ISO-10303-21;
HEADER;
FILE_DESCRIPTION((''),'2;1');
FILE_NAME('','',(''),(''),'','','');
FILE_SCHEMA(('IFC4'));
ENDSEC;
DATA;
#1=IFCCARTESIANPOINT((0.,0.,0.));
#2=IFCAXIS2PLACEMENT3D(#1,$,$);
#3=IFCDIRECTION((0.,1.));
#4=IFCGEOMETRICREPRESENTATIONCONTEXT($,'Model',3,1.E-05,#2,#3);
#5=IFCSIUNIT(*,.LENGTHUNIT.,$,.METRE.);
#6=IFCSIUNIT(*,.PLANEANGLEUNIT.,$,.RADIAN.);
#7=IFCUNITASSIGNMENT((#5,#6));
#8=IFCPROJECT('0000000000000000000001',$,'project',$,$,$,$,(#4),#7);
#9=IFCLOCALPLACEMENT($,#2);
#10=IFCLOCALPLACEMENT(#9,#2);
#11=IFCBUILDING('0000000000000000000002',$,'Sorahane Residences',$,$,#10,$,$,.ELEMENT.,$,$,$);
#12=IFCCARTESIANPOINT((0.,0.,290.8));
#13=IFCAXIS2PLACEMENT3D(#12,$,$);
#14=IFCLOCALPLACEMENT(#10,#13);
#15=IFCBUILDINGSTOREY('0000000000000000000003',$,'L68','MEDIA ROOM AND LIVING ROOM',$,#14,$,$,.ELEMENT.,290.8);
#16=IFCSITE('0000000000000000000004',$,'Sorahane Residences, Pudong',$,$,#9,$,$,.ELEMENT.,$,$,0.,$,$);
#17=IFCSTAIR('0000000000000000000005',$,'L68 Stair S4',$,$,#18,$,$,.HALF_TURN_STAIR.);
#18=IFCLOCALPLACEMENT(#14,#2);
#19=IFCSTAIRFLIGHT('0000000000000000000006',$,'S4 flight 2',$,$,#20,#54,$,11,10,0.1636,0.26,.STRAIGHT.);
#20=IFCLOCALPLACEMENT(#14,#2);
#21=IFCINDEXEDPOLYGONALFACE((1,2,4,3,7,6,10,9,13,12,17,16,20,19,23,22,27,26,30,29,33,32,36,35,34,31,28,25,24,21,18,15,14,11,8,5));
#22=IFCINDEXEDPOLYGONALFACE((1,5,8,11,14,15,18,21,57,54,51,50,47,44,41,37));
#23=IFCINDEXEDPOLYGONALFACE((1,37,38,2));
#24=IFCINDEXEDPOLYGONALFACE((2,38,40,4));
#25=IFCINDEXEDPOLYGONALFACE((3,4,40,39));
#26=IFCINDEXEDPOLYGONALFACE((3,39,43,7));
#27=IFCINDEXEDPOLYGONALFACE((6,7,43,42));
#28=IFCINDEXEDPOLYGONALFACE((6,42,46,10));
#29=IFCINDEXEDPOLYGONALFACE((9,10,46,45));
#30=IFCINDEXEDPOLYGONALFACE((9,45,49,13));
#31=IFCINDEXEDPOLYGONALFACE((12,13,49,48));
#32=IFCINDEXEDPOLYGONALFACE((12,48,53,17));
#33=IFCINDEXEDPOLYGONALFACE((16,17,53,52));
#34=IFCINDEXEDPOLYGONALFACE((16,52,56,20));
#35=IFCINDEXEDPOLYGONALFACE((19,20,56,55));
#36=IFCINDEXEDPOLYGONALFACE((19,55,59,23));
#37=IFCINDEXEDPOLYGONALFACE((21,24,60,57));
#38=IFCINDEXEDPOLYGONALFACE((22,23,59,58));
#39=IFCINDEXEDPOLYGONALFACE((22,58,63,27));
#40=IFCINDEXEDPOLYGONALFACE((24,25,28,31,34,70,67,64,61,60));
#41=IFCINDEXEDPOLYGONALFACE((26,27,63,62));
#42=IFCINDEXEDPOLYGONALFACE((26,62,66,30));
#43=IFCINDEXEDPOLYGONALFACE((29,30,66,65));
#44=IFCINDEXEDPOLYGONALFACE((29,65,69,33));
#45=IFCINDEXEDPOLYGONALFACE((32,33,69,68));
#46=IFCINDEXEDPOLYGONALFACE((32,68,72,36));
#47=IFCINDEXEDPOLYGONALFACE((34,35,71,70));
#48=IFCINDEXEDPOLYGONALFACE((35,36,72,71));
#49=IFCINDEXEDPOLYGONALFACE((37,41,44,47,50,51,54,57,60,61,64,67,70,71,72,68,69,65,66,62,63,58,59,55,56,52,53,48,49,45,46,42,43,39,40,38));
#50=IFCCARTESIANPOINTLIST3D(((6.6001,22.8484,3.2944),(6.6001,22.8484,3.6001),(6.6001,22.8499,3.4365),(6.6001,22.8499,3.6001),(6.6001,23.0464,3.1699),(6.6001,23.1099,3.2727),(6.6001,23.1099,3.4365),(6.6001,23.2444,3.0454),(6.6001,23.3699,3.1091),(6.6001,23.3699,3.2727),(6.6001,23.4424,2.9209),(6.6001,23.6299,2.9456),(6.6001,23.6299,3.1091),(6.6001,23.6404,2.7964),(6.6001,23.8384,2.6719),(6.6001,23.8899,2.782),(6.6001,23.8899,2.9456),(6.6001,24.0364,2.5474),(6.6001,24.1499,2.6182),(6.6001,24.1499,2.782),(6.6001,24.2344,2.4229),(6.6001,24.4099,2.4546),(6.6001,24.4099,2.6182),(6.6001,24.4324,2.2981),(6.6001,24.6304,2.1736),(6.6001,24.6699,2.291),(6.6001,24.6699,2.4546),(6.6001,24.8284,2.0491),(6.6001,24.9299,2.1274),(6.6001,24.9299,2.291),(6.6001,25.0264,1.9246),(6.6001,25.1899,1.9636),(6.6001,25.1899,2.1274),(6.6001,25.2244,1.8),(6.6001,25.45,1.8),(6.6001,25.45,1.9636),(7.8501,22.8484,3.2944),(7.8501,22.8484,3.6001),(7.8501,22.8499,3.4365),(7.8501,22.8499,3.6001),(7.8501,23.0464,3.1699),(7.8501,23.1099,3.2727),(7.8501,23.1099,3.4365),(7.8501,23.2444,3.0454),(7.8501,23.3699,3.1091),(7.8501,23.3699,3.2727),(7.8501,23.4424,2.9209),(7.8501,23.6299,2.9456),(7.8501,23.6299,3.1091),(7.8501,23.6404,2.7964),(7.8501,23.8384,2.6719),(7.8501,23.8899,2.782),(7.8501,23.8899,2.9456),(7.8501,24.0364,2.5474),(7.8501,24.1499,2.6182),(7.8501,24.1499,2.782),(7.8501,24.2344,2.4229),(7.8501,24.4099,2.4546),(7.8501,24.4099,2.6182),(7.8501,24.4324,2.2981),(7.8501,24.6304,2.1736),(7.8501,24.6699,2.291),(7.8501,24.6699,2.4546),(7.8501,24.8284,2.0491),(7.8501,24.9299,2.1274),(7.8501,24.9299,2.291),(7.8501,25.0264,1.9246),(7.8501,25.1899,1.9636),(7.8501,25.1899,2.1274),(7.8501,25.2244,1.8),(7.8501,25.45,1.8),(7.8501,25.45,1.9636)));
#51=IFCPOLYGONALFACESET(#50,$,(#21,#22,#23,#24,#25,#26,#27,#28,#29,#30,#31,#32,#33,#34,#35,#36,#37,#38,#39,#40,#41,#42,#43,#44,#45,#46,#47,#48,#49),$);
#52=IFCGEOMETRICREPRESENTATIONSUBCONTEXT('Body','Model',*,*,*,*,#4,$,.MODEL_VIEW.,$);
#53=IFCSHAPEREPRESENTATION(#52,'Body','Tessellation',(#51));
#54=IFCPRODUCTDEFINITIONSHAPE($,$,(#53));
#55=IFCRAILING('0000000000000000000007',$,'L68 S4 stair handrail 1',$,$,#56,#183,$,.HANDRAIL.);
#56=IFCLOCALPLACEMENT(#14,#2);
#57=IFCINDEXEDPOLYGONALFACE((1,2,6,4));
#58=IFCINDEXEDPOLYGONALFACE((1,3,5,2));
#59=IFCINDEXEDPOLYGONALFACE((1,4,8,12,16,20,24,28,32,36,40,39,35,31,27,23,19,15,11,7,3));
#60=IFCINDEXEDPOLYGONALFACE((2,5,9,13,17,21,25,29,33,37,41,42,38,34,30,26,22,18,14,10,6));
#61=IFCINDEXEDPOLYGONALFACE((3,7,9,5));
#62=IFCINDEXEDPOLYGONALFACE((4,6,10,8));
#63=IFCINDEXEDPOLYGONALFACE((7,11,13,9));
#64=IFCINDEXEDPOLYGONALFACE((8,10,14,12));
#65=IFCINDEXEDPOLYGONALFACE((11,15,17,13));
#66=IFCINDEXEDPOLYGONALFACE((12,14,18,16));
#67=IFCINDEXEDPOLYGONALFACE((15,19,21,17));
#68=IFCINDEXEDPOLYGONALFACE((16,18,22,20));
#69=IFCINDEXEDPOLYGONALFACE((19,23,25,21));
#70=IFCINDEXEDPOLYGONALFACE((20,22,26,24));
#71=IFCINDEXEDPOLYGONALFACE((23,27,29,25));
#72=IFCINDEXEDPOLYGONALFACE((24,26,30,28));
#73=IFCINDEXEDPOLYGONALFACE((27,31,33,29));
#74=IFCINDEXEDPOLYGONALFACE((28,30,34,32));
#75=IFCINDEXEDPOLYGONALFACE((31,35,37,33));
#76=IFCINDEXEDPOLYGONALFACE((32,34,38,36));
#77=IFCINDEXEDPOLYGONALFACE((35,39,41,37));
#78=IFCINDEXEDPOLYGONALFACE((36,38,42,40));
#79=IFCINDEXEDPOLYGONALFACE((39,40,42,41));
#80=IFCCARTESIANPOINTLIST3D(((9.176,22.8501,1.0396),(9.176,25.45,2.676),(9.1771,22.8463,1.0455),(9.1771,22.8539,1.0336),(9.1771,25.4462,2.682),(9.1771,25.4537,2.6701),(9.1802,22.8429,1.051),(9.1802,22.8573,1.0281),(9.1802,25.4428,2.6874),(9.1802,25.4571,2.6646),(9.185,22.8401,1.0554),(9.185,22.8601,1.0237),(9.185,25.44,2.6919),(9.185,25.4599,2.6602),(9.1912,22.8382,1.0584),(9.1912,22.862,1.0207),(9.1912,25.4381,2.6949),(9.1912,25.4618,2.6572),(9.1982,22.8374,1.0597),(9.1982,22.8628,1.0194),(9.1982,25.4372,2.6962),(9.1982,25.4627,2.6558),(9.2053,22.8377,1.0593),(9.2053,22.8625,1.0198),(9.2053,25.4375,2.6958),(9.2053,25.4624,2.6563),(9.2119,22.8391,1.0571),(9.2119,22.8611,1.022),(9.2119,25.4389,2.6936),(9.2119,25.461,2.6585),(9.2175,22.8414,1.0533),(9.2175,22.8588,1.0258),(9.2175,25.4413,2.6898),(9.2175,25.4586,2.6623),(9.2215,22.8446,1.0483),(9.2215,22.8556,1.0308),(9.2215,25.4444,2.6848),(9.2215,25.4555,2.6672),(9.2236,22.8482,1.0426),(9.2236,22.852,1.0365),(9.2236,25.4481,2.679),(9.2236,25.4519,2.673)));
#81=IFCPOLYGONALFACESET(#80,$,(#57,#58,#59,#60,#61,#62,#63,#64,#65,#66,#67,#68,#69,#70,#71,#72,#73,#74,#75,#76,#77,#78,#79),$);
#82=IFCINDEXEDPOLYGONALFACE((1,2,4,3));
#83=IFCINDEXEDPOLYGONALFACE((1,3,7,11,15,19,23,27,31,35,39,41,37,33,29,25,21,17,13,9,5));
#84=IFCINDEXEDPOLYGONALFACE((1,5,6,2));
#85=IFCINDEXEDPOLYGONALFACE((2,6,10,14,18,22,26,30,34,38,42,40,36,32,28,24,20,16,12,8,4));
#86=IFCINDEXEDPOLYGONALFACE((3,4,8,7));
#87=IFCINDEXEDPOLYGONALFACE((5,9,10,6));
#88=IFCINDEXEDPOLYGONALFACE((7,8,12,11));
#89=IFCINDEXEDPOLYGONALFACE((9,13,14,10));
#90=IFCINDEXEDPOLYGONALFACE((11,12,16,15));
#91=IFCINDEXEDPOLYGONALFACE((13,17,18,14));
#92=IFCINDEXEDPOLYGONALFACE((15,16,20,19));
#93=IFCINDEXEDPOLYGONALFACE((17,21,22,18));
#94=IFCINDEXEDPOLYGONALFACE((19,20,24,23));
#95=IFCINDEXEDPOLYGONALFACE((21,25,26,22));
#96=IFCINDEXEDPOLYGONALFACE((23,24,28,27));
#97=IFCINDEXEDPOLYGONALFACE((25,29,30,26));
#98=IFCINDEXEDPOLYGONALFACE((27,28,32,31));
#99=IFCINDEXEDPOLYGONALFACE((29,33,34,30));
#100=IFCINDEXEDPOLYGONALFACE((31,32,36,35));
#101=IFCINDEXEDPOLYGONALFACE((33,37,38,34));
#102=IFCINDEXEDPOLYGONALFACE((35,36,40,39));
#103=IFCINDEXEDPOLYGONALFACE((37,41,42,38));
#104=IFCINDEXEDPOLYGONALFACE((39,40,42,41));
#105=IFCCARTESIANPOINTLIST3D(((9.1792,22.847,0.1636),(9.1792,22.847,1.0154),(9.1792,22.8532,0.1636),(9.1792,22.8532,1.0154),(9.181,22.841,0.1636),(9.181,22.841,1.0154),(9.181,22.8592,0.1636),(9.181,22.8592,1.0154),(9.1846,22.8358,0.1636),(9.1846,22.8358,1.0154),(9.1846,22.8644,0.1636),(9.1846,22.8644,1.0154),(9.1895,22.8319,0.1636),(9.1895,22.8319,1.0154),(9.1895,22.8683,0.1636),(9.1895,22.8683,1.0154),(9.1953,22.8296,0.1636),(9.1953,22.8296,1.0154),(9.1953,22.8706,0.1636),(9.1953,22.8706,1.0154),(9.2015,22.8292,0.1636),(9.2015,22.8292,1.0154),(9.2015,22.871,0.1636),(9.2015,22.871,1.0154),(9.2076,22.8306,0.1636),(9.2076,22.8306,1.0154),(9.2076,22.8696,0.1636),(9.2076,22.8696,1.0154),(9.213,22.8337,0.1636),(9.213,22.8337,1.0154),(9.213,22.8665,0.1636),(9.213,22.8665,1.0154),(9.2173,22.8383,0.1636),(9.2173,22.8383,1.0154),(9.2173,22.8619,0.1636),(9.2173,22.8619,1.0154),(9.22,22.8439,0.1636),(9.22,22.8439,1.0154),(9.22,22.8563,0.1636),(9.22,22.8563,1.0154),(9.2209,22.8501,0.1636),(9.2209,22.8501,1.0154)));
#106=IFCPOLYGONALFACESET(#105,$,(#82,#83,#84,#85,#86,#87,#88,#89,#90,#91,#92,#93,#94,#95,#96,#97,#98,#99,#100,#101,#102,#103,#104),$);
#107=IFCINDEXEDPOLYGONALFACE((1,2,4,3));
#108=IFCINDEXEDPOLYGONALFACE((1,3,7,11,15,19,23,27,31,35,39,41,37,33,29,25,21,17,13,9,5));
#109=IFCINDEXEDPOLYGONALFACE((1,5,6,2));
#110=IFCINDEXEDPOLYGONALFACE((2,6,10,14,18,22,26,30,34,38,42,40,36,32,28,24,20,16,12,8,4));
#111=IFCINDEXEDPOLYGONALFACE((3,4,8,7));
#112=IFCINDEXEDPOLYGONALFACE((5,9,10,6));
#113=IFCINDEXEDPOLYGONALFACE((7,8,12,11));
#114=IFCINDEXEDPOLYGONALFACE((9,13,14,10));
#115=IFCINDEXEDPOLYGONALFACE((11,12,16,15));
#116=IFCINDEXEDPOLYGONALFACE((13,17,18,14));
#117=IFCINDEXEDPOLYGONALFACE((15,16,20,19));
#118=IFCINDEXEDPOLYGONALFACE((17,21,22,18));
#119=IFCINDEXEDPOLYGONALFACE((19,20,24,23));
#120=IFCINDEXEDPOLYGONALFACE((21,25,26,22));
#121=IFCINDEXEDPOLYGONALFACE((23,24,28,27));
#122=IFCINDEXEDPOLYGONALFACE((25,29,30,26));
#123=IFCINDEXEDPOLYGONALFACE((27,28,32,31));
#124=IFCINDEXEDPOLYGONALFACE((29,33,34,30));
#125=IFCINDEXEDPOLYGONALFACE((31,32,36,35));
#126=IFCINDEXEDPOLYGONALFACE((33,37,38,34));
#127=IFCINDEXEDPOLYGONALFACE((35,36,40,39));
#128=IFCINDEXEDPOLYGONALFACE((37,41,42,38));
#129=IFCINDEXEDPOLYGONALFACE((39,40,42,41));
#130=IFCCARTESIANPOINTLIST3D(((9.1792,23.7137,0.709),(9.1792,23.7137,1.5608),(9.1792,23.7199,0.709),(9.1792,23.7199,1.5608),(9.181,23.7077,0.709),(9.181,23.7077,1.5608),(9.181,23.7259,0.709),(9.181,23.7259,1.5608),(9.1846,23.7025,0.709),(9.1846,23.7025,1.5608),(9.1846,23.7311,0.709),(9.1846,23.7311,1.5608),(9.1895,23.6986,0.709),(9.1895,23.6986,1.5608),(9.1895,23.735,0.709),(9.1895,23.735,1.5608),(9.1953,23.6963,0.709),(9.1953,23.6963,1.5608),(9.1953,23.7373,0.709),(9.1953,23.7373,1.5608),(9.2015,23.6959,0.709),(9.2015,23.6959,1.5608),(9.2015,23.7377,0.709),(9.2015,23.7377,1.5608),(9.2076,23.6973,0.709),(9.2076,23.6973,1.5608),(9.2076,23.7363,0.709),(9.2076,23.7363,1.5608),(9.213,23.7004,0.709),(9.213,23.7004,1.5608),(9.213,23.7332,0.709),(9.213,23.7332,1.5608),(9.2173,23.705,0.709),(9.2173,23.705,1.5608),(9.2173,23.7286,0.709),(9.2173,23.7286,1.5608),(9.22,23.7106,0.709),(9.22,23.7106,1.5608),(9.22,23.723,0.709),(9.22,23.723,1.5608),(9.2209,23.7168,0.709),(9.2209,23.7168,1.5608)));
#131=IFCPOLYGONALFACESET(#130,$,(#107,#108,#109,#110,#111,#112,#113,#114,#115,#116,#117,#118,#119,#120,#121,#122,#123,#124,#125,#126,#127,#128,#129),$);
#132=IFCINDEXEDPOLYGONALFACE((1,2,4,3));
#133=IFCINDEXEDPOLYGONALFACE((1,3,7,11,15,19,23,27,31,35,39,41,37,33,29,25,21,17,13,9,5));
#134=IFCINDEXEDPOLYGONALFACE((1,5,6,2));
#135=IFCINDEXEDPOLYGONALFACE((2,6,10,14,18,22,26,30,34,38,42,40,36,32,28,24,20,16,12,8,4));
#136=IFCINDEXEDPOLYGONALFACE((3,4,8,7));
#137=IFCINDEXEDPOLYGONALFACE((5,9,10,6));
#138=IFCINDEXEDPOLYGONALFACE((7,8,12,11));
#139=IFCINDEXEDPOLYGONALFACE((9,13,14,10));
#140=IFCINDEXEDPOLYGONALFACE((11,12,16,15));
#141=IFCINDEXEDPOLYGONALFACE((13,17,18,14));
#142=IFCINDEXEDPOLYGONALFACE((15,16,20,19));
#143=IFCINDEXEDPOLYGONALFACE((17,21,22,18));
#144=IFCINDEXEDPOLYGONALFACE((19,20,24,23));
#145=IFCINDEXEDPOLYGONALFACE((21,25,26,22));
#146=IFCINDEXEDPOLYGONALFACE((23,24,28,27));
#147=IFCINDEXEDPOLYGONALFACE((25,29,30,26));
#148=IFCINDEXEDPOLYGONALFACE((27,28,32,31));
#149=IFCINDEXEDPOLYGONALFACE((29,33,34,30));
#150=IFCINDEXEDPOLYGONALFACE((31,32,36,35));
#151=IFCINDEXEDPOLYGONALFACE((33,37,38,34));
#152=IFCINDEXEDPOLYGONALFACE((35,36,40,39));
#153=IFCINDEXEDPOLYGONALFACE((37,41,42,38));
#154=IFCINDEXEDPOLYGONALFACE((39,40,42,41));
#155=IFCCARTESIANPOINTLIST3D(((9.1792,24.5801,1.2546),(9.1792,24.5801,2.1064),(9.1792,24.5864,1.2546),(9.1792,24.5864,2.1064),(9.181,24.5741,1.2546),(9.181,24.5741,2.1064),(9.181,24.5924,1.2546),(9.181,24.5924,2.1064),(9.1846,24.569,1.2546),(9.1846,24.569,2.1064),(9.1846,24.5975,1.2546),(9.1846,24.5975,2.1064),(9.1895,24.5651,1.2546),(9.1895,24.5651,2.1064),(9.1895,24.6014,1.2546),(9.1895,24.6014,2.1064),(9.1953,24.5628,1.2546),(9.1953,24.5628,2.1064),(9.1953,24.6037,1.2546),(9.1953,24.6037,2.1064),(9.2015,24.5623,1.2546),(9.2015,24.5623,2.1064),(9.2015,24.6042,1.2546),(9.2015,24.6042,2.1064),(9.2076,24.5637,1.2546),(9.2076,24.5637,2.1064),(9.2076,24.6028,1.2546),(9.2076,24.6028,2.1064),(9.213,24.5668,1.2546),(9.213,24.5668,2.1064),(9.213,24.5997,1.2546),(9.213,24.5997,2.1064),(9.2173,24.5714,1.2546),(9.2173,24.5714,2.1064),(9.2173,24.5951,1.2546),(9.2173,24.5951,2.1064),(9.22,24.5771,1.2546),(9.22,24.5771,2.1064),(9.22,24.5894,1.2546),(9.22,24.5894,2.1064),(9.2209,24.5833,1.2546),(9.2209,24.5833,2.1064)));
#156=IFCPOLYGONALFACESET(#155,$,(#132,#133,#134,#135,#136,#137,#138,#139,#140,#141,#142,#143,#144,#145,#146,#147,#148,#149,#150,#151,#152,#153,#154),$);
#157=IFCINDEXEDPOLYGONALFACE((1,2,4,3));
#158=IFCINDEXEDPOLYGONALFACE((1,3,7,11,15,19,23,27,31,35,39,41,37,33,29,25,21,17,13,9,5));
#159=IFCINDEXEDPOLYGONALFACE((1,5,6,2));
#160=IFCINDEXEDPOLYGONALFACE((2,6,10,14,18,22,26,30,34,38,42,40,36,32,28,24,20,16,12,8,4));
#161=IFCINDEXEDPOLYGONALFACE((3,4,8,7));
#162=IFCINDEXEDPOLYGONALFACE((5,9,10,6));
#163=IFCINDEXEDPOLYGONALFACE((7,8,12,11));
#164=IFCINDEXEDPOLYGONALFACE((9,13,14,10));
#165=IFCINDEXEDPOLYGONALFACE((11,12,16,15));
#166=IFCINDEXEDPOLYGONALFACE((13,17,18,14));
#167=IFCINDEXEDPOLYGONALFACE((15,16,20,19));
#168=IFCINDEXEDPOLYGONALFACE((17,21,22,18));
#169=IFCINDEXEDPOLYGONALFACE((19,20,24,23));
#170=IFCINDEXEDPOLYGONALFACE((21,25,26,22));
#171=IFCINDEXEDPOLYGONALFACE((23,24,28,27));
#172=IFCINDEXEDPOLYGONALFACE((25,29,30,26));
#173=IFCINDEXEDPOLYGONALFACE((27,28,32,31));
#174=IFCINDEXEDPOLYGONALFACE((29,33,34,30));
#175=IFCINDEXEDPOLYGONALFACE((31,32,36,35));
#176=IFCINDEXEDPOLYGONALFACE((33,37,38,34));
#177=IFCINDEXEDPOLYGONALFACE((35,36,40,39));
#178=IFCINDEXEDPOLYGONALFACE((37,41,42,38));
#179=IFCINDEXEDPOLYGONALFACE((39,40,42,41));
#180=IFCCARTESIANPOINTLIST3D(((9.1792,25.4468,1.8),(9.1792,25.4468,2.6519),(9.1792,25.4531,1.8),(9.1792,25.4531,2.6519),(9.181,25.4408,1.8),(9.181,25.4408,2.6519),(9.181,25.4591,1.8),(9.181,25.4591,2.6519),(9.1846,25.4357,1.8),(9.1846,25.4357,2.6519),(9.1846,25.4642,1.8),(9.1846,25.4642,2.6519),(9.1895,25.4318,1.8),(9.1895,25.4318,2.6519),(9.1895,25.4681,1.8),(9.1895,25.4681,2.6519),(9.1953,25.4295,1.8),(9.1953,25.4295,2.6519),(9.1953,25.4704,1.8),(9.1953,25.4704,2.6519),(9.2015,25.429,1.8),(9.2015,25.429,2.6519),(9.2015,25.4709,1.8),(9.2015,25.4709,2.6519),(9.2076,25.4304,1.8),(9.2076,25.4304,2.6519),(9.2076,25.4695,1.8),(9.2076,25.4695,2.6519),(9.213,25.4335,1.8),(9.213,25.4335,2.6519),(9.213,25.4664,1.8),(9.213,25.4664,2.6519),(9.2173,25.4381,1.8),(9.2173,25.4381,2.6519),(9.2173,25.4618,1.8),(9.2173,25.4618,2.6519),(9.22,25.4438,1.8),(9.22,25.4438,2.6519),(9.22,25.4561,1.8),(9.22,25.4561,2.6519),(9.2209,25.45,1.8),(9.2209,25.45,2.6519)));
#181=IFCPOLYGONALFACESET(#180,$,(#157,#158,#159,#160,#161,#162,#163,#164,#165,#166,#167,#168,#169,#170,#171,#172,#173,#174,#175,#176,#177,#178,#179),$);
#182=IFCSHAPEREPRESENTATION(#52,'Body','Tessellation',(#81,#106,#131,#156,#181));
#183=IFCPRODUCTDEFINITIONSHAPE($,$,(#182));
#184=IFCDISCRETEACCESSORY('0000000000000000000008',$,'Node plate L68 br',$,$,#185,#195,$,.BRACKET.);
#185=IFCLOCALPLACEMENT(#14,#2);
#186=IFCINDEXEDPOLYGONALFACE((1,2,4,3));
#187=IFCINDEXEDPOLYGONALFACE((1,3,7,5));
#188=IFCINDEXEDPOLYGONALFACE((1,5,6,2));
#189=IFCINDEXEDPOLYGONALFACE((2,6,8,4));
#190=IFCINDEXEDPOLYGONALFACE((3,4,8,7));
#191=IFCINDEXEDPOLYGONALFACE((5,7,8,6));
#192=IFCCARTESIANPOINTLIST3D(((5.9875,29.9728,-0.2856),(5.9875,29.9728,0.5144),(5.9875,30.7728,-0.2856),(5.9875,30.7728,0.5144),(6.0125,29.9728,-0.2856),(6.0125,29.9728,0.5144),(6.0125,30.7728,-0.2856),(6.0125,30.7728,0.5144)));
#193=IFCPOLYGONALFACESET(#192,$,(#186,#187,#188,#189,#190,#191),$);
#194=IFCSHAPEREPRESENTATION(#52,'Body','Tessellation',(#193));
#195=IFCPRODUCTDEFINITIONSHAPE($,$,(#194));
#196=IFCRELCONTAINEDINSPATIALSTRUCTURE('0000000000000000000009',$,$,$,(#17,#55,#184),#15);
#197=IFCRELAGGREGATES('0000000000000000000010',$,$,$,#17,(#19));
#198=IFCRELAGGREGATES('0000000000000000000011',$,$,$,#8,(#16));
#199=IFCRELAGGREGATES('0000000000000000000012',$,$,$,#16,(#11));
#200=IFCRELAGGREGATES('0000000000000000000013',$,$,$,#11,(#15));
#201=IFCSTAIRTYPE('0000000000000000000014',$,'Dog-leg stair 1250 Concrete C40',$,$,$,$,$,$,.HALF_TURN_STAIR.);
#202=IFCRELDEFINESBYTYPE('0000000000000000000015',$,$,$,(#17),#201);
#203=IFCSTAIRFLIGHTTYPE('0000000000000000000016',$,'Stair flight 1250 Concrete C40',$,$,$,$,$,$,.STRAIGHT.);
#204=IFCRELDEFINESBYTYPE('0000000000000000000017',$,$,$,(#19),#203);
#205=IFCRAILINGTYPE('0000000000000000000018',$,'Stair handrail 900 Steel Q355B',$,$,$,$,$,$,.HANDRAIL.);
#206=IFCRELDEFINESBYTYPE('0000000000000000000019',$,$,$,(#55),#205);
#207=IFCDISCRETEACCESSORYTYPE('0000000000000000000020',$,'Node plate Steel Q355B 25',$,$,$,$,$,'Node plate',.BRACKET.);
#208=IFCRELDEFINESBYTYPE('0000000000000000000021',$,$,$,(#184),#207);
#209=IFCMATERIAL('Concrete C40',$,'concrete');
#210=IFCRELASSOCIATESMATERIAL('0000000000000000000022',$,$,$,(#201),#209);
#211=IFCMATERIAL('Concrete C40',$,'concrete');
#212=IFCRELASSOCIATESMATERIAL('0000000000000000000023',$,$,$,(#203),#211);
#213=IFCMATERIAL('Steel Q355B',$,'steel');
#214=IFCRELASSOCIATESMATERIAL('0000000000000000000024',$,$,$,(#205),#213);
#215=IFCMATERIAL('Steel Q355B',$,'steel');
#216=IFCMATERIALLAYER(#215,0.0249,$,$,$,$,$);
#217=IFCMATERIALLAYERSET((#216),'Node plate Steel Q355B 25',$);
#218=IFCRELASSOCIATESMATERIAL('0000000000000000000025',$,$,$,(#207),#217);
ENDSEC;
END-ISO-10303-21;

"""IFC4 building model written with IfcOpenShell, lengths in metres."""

from ifc_helpers import new_model, si_unit, direction, frame, origin, origin_2d, place, context, subcontext, project, spatial, polyline, rectangle, circle, outline, extrude, material, layer, layer_set, type_object, element, aggregate, save


model = new_model("IFC4")

# Units and contexts
model_context = context("Model", 3, precision=1e-05, world=origin(), true_north=direction((0.0, 1.0)))
body_context = subcontext(model_context, "Body", "Model", "MODEL_VIEW")
ifc_project = project(units=[si_unit("LENGTHUNIT", "METRE"), si_unit("PLANEANGLEUNIT", "RADIAN")], contexts=[model_context])

# Site, building, storey
site_placement = place(None, origin())
site = spatial("IfcSite", under=ifc_project, at=site_placement, Name="Sorahane Residences, Pudong", CompositionType="ELEMENT", RefElevation=0.0)
building_placement = place(site_placement, origin())
building = spatial("IfcBuilding", under=site, at=building_placement, Name="Sorahane Residences", CompositionType="ELEMENT")
storey_placement = place(building_placement, frame((0.0, 0.0, 290.8)))
storey = spatial("IfcBuildingStorey", under=building, at=storey_placement, Name="L68", Description="MEDIA ROOM AND LIVING ROOM", CompositionType="ELEMENT", Elevation=290.8)

# Stair, stair flight
ifc_material_1 = material(Name="Concrete C40", Category="concrete")
stair_type = type_object("IfcStairType", Name="Dog-leg stair 1250 Concrete C40", PredefinedType="HALF_TURN_STAIR", material=ifc_material_1)
stair_placement = place(storey_placement, origin())
stair = element("IfcStair", 1, at=stair_placement, inside=storey, type_object=stair_type, Name="L68 Stair S4", PredefinedType="HALF_TURN_STAIR")
ifc_material_2 = material(Name="Concrete C40", Category="concrete")
stair_flight_type = type_object("IfcStairFlightType", Name="Stair flight 1250 Concrete C40", PredefinedType="STRAIGHT", material=ifc_material_2)
stair_flight_1_placement = place(storey_placement, frame((7.2251, 25.45, 1.8), z_axis=(0.0, 0.0, 1.0), x_axis=(0.0, -1.0, 0.0)))
stair_flight_1 = element("IfcStairFlight", 2, at=stair_flight_1_placement, type_object=stair_flight_type, Name="S4 flight 2", NumberOfRisers=11, NumberOfTreads=10, PredefinedType="STRAIGHT", RiserHeight=0.1636, TreadLength=0.26, context=body_context, shape_type="SweptSolid", body=[
    extrude(outline(polyline([(0.0, 0.0), (0.0, 0.1636), (0.26, 0.1636), (0.26, 0.3274), (0.52, 0.3274), (0.52, 0.491), (0.78, 0.491), (0.78, 0.6545), (1.04, 0.6545), (1.04, 0.8181), (1.3, 0.8181), (1.3, 0.9819), (1.5601, 0.9819), (1.5601, 1.1455), (1.8201, 1.1455), (1.8201, 1.3091), (2.0801, 1.3091), (2.0801, 1.4727), (2.3401, 1.4727), (2.3401, 1.6365), (2.6001, 1.6365), (2.6001, 1.8), (2.6016, 1.8), (2.6016, 1.4944), (2.4036, 1.3699), (2.2056, 1.2454), (2.0076, 1.1208), (1.8096, 0.9963), (1.6116, 0.8718), (1.4136, 0.7473), (1.2156, 0.6228), (1.0176, 0.498), (0.8196, 0.3735), (0.6216, 0.249), (0.4236, 0.1245), (0.2256, 0.0), (0.0, 0.0)])), frame((0.0, 0.625, 0.0), z_axis=(0.0, -1.0, 0.0), x_axis=(1.0, 0.0, 0.0)), (0.0, 0.0, 1.0), 1.25),
])
aggregate(stair, [stair_flight_1])

# Railing
ifc_material_3 = material(Name="Steel Q355B", Category="steel")
railing_type_1 = type_object("IfcRailingType", Name="Stair handrail 900 Steel Q355B", PredefinedType="HANDRAIL", material=ifc_material_3)
railing_1_placement = place(storey_placement, frame((9.2, 22.8501, 0.1636)))
element("IfcRailing", 3, at=railing_1_placement, inside=storey, type_object=railing_type_1, Name="L68 S4 stair handrail 1", PredefinedType="HANDRAIL", context=body_context, shape_type="SweptSolid", body=[
    extrude(circle(Radius=0.0239, at=origin_2d()), frame((0.0, 0.0, 0.876), z_axis=(0.0, 0.846302, 0.532704), x_axis=(-1.0, 0.0, 0.0)), (0.0, 0.0, 1.0), 3.072),
    extrude(circle(Radius=0.021, at=origin_2d()), origin(), (0.0, 0.0, 1.0), 0.8518),
    extrude(circle(Radius=0.021, at=origin_2d()), frame((0.0, 0.8667, 0.5454)), (0.0, 0.0, 1.0), 0.8518),
    extrude(circle(Radius=0.021, at=origin_2d()), frame((0.0, 1.7332, 1.0911)), (0.0, 0.0, 1.0), 0.8518),
    extrude(circle(Radius=0.021, at=origin_2d()), frame((0.0, 2.5999, 1.6365)), (0.0, 0.0, 1.0), 0.8518),
])

# Discrete accessory
ifc_material_4 = material(Name="Steel Q355B", Category="steel")
ifc_layer_1 = layer(ifc_material_4, 0.0249)
ifc_layer_set_1 = layer_set([ifc_layer_1], Name="Node plate Steel Q355B 25")
discrete_accessory_type = type_object("IfcDiscreteAccessoryType", Name="Node plate Steel Q355B 25", ElementType="Node plate", PredefinedType="BRACKET", material=ifc_layer_set_1)
for number, where, z_axis, x_axis, name in (
    (4, (6.0, 30.3728, -0.2856), (0.0, 0.0, 1.0), (0.0, 1.0, 0.0), "Node plate L68 br"),
):
    element("IfcDiscreteAccessory", number, at=place(storey_placement, frame(where, z_axis=z_axis, x_axis=x_axis)), inside=storey, type_object=discrete_accessory_type, Name=name, PredefinedType="BRACKET", context=body_context, shape_type="SweptSolid", body=[
        extrude(rectangle(XDim=0.8, YDim=0.0249, at=origin_2d()), origin(), (0.0, 0.0, 1.0), 0.8),
    ])

save(model, "model.ifc")
